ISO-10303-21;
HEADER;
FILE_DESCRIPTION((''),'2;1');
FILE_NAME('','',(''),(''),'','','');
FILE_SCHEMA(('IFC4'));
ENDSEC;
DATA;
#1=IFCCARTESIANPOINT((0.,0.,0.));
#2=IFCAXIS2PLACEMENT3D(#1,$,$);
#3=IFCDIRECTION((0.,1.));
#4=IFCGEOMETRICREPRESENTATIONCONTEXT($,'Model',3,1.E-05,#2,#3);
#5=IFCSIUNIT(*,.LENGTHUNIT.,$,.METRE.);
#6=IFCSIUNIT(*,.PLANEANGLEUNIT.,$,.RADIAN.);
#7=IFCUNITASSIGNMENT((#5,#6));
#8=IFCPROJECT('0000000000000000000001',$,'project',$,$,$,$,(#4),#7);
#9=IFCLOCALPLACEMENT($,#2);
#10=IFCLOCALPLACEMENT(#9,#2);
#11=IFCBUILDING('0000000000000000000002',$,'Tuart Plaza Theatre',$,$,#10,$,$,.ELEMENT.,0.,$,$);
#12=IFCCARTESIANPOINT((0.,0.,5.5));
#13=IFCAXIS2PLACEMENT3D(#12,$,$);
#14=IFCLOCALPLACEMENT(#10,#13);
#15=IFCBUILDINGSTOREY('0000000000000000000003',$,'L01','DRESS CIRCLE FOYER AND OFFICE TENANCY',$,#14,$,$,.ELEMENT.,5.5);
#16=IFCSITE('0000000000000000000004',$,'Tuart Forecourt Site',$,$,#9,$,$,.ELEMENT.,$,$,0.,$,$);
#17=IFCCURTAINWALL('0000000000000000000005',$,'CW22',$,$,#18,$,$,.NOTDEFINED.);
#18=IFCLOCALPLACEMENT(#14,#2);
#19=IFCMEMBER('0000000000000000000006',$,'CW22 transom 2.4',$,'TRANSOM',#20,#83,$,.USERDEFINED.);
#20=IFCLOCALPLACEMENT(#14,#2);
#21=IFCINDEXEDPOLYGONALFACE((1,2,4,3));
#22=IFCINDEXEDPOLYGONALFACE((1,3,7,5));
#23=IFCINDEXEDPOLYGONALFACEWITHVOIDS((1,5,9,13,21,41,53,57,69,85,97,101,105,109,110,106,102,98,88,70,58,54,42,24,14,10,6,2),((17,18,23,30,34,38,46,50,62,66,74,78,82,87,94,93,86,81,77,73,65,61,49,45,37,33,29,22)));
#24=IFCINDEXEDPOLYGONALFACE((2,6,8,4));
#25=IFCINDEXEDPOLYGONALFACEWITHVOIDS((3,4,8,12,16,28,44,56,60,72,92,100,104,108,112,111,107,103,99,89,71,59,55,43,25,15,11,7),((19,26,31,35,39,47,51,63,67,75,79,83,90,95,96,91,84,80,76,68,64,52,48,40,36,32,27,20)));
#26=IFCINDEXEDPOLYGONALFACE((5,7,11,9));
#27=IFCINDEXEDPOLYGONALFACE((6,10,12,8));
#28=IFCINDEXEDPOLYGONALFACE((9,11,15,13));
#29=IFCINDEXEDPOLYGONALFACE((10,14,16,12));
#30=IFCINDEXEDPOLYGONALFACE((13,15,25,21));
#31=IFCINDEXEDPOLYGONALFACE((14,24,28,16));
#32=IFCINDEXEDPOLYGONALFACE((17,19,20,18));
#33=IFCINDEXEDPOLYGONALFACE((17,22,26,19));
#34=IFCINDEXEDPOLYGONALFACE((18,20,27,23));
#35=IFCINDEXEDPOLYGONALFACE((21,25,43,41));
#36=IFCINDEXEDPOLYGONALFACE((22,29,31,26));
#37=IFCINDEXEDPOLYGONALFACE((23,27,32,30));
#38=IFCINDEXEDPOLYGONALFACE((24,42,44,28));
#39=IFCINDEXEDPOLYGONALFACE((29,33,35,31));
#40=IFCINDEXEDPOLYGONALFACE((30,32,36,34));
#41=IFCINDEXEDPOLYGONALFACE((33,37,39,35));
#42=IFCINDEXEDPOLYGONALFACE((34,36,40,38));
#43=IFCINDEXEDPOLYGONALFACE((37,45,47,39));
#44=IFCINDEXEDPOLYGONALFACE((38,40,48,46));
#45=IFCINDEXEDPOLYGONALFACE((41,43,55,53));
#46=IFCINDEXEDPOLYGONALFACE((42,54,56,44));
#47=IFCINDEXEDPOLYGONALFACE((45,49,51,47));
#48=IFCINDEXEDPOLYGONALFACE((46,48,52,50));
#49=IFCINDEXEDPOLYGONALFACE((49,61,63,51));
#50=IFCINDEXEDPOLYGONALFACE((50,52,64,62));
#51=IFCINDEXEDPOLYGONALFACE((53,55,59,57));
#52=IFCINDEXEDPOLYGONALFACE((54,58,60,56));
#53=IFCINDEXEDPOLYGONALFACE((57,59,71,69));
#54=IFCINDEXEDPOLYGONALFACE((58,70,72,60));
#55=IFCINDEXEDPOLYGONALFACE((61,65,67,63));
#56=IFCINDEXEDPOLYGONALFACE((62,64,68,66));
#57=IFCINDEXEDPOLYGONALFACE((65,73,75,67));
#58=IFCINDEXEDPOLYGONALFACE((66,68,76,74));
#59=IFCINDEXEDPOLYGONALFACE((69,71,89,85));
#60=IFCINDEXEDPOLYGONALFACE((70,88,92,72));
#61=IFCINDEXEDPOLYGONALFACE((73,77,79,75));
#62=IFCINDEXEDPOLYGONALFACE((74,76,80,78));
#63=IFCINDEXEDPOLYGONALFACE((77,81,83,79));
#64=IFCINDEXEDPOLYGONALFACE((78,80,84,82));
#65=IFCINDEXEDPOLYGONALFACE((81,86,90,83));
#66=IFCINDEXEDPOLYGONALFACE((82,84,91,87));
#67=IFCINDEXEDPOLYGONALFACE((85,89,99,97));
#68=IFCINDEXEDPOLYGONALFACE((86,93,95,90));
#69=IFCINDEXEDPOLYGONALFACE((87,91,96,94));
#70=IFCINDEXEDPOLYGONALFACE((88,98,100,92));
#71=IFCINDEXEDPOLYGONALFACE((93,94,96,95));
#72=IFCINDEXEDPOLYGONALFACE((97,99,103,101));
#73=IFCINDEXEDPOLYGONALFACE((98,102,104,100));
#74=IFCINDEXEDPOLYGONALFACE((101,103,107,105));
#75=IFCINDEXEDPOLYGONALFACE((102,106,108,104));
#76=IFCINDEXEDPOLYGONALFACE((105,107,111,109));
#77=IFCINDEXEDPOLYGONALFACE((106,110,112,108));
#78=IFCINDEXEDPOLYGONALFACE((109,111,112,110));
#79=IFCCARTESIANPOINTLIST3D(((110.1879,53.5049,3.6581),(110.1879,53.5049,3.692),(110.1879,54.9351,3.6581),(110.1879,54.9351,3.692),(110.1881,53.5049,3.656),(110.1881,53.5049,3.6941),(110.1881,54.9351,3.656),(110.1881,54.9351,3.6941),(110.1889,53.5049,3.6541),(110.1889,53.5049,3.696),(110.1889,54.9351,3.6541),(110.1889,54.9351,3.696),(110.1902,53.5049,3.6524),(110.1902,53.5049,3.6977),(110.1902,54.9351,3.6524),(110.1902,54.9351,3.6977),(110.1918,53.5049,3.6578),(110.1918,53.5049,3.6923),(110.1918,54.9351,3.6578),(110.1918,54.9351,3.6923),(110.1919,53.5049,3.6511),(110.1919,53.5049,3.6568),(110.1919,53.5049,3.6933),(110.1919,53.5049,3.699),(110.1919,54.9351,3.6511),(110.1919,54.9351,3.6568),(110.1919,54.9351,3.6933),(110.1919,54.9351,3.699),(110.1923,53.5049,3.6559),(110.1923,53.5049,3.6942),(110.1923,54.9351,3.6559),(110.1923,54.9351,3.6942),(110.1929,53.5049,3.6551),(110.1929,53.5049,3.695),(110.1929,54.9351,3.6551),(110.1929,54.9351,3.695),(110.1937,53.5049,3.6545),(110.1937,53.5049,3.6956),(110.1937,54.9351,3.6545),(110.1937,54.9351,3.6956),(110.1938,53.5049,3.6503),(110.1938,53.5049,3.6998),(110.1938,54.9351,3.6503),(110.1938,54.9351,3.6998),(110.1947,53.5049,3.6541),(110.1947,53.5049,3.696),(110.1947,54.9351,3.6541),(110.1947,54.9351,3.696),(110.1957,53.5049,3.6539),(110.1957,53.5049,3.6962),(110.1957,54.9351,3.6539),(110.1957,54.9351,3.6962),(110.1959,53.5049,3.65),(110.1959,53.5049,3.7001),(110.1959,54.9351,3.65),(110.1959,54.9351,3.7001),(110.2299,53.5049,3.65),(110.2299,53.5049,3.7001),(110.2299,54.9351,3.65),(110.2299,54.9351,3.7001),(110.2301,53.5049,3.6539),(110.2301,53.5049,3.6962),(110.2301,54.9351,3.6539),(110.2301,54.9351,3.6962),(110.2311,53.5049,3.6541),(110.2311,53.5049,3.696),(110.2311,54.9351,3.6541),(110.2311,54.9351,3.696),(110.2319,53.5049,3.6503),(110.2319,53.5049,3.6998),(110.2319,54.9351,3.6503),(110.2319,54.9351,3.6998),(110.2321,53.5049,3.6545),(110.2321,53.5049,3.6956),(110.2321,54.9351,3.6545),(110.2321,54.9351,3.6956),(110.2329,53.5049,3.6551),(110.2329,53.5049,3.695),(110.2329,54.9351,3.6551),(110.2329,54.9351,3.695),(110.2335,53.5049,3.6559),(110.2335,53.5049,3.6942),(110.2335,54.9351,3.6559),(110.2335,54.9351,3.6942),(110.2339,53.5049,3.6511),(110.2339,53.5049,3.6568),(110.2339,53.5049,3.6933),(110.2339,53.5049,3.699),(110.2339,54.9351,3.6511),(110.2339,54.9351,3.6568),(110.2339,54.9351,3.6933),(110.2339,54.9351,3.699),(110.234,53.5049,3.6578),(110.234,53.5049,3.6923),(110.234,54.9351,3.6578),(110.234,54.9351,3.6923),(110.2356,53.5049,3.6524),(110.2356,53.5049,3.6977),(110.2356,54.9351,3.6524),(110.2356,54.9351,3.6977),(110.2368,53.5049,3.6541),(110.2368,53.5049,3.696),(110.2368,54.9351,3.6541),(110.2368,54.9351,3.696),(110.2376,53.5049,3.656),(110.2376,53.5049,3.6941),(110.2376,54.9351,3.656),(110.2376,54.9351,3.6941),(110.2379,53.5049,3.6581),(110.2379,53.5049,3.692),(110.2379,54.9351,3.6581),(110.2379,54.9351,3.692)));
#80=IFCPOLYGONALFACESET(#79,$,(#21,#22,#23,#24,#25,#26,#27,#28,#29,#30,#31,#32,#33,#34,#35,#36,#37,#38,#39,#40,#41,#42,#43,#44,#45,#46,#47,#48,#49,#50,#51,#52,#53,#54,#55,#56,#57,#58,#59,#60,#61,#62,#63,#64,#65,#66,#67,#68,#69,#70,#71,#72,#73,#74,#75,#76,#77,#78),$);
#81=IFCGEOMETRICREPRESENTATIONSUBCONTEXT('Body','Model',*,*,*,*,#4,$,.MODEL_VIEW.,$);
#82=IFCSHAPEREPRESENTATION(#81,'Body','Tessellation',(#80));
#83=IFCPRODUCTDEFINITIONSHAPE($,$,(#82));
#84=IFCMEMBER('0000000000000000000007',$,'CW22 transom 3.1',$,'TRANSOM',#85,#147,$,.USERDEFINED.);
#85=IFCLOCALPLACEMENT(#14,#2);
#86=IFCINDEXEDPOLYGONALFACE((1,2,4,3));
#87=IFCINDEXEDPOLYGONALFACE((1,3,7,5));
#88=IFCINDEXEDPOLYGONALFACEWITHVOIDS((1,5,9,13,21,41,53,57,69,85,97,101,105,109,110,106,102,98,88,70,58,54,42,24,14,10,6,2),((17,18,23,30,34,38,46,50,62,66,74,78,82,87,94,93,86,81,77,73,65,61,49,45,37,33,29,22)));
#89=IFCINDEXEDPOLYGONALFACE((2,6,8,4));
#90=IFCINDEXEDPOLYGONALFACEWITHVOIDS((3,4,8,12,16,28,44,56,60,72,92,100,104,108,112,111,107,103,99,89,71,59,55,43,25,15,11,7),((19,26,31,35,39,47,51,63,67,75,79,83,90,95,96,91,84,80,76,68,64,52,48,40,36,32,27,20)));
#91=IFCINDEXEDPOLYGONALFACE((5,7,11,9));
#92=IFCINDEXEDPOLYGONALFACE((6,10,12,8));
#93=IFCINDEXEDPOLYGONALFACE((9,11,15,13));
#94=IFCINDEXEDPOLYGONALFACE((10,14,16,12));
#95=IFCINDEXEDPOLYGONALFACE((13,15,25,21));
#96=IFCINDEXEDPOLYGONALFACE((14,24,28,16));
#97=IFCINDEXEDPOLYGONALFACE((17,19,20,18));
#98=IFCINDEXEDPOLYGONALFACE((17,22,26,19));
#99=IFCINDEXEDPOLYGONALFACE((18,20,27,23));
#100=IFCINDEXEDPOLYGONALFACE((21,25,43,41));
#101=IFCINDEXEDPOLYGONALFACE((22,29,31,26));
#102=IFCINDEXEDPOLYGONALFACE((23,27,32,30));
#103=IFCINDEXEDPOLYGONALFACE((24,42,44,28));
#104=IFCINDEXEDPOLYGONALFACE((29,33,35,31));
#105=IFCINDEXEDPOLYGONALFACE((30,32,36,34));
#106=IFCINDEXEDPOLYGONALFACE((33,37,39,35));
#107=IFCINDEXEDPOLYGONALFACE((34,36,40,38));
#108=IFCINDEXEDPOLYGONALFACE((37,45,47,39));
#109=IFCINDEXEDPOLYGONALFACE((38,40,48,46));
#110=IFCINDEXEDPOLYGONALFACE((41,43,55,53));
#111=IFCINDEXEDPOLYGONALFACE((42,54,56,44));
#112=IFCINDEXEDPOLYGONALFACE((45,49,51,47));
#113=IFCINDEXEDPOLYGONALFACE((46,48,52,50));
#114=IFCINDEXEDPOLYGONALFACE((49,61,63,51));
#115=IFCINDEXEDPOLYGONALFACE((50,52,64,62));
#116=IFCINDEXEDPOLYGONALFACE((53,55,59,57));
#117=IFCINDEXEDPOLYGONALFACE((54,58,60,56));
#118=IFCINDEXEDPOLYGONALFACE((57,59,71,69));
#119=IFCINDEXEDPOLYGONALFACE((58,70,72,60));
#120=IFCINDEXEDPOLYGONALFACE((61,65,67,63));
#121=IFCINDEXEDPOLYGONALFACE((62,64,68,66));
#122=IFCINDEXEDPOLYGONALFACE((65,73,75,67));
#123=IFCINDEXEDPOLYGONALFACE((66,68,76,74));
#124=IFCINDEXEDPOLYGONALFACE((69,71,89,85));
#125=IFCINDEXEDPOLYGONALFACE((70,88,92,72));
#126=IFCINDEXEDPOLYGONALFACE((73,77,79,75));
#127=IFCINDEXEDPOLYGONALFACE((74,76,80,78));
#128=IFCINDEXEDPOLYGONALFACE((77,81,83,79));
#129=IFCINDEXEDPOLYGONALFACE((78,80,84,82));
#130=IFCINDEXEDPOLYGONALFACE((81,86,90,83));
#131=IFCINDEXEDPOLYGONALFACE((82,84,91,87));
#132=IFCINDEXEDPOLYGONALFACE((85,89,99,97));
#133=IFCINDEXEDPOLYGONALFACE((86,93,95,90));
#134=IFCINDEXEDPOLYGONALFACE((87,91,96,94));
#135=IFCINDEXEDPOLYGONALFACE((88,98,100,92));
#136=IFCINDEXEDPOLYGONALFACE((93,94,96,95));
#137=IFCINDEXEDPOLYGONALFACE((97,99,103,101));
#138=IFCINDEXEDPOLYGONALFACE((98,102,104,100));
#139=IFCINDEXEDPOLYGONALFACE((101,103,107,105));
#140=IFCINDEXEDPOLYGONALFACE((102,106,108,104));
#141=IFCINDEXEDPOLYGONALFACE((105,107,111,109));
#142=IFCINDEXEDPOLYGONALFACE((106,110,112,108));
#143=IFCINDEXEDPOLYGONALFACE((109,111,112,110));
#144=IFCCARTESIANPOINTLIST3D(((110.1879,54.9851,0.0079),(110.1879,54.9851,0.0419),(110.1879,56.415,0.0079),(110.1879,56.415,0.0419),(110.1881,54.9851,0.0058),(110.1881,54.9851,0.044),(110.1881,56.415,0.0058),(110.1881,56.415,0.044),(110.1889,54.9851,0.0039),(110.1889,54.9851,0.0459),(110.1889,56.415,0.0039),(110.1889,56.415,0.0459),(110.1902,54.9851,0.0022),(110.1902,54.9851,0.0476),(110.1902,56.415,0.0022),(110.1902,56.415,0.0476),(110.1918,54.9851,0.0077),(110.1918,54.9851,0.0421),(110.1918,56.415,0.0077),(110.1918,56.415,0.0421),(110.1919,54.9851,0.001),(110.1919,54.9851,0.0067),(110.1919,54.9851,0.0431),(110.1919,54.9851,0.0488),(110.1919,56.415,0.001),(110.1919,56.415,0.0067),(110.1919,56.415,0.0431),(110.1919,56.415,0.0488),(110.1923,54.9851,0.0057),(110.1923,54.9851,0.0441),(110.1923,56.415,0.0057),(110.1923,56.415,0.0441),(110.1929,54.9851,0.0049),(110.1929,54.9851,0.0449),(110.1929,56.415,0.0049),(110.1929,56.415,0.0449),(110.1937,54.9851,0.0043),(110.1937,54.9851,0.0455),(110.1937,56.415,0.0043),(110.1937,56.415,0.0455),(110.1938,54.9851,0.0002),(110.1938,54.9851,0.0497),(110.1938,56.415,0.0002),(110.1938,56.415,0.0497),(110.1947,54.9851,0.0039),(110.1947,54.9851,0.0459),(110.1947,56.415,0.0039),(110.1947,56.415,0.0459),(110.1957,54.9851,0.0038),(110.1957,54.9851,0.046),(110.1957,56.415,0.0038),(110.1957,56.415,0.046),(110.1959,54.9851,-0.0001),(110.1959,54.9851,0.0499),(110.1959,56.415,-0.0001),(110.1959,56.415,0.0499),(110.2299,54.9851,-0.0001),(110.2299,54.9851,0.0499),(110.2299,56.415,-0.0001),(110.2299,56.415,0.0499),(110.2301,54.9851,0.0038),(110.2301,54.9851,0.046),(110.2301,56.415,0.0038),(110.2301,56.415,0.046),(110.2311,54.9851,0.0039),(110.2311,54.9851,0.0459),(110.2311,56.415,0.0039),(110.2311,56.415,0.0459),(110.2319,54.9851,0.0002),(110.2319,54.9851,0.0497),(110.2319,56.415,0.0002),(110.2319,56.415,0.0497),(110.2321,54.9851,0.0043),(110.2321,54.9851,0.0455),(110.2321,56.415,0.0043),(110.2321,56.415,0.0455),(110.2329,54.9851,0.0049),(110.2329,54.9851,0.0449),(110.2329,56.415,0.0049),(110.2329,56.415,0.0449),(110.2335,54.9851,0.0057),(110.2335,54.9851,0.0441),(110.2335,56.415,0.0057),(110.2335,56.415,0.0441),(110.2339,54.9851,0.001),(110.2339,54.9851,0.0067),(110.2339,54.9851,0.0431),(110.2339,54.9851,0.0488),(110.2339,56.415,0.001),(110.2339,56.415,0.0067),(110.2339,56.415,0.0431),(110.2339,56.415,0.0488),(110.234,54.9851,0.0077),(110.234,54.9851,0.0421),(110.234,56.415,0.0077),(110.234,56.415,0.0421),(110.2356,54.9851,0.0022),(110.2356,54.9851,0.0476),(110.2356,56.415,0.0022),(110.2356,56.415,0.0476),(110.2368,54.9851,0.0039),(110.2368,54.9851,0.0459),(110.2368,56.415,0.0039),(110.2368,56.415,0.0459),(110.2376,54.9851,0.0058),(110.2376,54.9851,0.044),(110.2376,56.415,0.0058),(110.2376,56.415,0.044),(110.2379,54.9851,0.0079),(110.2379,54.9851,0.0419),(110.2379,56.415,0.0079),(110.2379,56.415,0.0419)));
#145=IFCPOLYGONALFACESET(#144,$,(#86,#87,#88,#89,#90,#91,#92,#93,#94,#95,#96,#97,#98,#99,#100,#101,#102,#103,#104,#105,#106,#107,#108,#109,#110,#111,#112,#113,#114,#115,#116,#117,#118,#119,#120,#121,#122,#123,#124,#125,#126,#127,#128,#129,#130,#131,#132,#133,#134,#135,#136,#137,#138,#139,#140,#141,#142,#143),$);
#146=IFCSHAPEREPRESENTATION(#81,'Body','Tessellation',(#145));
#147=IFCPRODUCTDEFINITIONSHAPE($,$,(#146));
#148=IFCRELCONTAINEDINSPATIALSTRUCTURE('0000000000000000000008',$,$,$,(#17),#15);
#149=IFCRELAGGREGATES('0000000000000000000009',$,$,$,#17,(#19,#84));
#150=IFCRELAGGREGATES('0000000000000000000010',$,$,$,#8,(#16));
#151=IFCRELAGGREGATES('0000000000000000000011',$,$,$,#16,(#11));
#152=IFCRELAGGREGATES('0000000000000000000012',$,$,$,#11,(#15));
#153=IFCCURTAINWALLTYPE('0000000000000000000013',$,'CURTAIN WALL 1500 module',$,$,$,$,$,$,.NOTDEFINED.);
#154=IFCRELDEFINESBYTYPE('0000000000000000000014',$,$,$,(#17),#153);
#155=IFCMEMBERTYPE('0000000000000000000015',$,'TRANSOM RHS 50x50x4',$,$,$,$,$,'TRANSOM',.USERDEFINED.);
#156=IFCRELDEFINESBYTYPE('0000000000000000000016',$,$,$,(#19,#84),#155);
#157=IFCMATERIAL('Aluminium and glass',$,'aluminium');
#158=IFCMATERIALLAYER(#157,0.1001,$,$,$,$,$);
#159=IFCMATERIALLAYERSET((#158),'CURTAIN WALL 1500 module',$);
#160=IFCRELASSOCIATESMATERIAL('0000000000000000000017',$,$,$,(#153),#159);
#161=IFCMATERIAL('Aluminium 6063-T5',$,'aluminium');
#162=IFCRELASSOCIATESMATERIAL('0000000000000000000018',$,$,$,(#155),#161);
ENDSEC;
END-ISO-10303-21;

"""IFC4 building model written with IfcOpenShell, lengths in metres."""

from ifc_helpers import new_model, si_unit, direction, frame, origin, origin_2d, place, context, subcontext, project, spatial, hollow_rectangle, extrude, material, layer, layer_set, material_profile, profile_set, type_object, element, aggregate, save


model = new_model("IFC4")

# Units and contexts
model_context = context("Model", 3, precision=1e-05, world=origin(), true_north=direction((0.0, 1.0)))
body_context = subcontext(model_context, "Body", "Model", "MODEL_VIEW")
ifc_project = project(units=[si_unit("LENGTHUNIT", "METRE"), si_unit("PLANEANGLEUNIT", "RADIAN")], contexts=[model_context])

# Site, building, storey
site_placement = place(None, origin())
site = spatial("IfcSite", under=ifc_project, at=site_placement, Name="Tuart Forecourt Site", CompositionType="ELEMENT", RefElevation=0.0)
building_placement = place(site_placement, origin())
building = spatial("IfcBuilding", under=site, at=building_placement, Name="Tuart Plaza Theatre", CompositionType="ELEMENT", ElevationOfRefHeight=0.0)
storey_placement = place(building_placement, frame((0.0, 0.0, 5.5)))
storey = spatial("IfcBuildingStorey", under=building, at=storey_placement, Name="L01", Description="DRESS CIRCLE FOYER AND OFFICE TENANCY", CompositionType="ELEMENT", Elevation=5.5)

# Curtain wall, members
ifc_material_1 = material(Name="Aluminium and glass", Category="aluminium")
ifc_layer_1 = layer(ifc_material_1, 0.1001)
ifc_layer_set_1 = layer_set([ifc_layer_1], Name="CURTAIN WALL 1500 module")
curtain_wall_type = type_object("IfcCurtainWallType", Name="CURTAIN WALL 1500 module", PredefinedType="NOTDEFINED", material=ifc_layer_set_1)
curtain_wall_placement = place(storey_placement, origin())
curtain_wall = element("IfcCurtainWall", 1, at=curtain_wall_placement, inside=storey, type_object=curtain_wall_type, Name="CW22", PredefinedType="NOTDEFINED")
ifc_material_2 = material(Name="Aluminium 6063-T5", Category="aluminium")
ifc_material_profile_1 = material_profile(ifc_material_2, hollow_rectangle(XDim=0.05, YDim=0.05, WallThickness=0.0039, InnerFilletRadius=0.0039, OuterFilletRadius=0.0081, at=origin_2d()), Name="RHS 50x50x4")
ifc_profile_set_1 = profile_set([ifc_material_profile_1], Name="Aluminium 6063-T5")
member_type_1 = type_object("IfcMemberType", Name="TRANSOM RHS 50x50x4", ElementType="TRANSOM", PredefinedType="USERDEFINED", material=ifc_profile_set_1)
member_1_placement = place(storey_placement, frame((110.2129, 53.5049, 3.675), z_axis=(0.0, 1.0, 0.0), x_axis=(-1.0, 0.0, 0.0)))
member_1 = element("IfcMember", 2, at=member_1_placement, type_object=member_type_1, Name="CW22 transom 2.4", ObjectType="TRANSOM", PredefinedType="USERDEFINED", context=body_context, shape_type="SweptSolid", body=[
    extrude(hollow_rectangle(XDim=0.05, YDim=0.05, WallThickness=0.0039, InnerFilletRadius=0.0039, OuterFilletRadius=0.0081, at=origin_2d()), origin(), (0.0, 0.0, 1.0), 1.4302),
])
member_2_placement = place(storey_placement, frame((110.2129, 54.9851, 0.0249), z_axis=(0.0, 1.0, 0.0), x_axis=(-1.0, 0.0, 0.0)))
member_2 = element("IfcMember", 3, at=member_2_placement, type_object=member_type_1, Name="CW22 transom 3.1", ObjectType="TRANSOM", PredefinedType="USERDEFINED", context=body_context, shape_type="SweptSolid", body=[
    extrude(hollow_rectangle(XDim=0.05, YDim=0.05, WallThickness=0.0039, InnerFilletRadius=0.0039, OuterFilletRadius=0.0081, at=origin_2d()), origin(), (0.0, 0.0, 1.0), 1.4299),
])
aggregate(curtain_wall, [member_1, member_2])

save(model, "model.ifc")
